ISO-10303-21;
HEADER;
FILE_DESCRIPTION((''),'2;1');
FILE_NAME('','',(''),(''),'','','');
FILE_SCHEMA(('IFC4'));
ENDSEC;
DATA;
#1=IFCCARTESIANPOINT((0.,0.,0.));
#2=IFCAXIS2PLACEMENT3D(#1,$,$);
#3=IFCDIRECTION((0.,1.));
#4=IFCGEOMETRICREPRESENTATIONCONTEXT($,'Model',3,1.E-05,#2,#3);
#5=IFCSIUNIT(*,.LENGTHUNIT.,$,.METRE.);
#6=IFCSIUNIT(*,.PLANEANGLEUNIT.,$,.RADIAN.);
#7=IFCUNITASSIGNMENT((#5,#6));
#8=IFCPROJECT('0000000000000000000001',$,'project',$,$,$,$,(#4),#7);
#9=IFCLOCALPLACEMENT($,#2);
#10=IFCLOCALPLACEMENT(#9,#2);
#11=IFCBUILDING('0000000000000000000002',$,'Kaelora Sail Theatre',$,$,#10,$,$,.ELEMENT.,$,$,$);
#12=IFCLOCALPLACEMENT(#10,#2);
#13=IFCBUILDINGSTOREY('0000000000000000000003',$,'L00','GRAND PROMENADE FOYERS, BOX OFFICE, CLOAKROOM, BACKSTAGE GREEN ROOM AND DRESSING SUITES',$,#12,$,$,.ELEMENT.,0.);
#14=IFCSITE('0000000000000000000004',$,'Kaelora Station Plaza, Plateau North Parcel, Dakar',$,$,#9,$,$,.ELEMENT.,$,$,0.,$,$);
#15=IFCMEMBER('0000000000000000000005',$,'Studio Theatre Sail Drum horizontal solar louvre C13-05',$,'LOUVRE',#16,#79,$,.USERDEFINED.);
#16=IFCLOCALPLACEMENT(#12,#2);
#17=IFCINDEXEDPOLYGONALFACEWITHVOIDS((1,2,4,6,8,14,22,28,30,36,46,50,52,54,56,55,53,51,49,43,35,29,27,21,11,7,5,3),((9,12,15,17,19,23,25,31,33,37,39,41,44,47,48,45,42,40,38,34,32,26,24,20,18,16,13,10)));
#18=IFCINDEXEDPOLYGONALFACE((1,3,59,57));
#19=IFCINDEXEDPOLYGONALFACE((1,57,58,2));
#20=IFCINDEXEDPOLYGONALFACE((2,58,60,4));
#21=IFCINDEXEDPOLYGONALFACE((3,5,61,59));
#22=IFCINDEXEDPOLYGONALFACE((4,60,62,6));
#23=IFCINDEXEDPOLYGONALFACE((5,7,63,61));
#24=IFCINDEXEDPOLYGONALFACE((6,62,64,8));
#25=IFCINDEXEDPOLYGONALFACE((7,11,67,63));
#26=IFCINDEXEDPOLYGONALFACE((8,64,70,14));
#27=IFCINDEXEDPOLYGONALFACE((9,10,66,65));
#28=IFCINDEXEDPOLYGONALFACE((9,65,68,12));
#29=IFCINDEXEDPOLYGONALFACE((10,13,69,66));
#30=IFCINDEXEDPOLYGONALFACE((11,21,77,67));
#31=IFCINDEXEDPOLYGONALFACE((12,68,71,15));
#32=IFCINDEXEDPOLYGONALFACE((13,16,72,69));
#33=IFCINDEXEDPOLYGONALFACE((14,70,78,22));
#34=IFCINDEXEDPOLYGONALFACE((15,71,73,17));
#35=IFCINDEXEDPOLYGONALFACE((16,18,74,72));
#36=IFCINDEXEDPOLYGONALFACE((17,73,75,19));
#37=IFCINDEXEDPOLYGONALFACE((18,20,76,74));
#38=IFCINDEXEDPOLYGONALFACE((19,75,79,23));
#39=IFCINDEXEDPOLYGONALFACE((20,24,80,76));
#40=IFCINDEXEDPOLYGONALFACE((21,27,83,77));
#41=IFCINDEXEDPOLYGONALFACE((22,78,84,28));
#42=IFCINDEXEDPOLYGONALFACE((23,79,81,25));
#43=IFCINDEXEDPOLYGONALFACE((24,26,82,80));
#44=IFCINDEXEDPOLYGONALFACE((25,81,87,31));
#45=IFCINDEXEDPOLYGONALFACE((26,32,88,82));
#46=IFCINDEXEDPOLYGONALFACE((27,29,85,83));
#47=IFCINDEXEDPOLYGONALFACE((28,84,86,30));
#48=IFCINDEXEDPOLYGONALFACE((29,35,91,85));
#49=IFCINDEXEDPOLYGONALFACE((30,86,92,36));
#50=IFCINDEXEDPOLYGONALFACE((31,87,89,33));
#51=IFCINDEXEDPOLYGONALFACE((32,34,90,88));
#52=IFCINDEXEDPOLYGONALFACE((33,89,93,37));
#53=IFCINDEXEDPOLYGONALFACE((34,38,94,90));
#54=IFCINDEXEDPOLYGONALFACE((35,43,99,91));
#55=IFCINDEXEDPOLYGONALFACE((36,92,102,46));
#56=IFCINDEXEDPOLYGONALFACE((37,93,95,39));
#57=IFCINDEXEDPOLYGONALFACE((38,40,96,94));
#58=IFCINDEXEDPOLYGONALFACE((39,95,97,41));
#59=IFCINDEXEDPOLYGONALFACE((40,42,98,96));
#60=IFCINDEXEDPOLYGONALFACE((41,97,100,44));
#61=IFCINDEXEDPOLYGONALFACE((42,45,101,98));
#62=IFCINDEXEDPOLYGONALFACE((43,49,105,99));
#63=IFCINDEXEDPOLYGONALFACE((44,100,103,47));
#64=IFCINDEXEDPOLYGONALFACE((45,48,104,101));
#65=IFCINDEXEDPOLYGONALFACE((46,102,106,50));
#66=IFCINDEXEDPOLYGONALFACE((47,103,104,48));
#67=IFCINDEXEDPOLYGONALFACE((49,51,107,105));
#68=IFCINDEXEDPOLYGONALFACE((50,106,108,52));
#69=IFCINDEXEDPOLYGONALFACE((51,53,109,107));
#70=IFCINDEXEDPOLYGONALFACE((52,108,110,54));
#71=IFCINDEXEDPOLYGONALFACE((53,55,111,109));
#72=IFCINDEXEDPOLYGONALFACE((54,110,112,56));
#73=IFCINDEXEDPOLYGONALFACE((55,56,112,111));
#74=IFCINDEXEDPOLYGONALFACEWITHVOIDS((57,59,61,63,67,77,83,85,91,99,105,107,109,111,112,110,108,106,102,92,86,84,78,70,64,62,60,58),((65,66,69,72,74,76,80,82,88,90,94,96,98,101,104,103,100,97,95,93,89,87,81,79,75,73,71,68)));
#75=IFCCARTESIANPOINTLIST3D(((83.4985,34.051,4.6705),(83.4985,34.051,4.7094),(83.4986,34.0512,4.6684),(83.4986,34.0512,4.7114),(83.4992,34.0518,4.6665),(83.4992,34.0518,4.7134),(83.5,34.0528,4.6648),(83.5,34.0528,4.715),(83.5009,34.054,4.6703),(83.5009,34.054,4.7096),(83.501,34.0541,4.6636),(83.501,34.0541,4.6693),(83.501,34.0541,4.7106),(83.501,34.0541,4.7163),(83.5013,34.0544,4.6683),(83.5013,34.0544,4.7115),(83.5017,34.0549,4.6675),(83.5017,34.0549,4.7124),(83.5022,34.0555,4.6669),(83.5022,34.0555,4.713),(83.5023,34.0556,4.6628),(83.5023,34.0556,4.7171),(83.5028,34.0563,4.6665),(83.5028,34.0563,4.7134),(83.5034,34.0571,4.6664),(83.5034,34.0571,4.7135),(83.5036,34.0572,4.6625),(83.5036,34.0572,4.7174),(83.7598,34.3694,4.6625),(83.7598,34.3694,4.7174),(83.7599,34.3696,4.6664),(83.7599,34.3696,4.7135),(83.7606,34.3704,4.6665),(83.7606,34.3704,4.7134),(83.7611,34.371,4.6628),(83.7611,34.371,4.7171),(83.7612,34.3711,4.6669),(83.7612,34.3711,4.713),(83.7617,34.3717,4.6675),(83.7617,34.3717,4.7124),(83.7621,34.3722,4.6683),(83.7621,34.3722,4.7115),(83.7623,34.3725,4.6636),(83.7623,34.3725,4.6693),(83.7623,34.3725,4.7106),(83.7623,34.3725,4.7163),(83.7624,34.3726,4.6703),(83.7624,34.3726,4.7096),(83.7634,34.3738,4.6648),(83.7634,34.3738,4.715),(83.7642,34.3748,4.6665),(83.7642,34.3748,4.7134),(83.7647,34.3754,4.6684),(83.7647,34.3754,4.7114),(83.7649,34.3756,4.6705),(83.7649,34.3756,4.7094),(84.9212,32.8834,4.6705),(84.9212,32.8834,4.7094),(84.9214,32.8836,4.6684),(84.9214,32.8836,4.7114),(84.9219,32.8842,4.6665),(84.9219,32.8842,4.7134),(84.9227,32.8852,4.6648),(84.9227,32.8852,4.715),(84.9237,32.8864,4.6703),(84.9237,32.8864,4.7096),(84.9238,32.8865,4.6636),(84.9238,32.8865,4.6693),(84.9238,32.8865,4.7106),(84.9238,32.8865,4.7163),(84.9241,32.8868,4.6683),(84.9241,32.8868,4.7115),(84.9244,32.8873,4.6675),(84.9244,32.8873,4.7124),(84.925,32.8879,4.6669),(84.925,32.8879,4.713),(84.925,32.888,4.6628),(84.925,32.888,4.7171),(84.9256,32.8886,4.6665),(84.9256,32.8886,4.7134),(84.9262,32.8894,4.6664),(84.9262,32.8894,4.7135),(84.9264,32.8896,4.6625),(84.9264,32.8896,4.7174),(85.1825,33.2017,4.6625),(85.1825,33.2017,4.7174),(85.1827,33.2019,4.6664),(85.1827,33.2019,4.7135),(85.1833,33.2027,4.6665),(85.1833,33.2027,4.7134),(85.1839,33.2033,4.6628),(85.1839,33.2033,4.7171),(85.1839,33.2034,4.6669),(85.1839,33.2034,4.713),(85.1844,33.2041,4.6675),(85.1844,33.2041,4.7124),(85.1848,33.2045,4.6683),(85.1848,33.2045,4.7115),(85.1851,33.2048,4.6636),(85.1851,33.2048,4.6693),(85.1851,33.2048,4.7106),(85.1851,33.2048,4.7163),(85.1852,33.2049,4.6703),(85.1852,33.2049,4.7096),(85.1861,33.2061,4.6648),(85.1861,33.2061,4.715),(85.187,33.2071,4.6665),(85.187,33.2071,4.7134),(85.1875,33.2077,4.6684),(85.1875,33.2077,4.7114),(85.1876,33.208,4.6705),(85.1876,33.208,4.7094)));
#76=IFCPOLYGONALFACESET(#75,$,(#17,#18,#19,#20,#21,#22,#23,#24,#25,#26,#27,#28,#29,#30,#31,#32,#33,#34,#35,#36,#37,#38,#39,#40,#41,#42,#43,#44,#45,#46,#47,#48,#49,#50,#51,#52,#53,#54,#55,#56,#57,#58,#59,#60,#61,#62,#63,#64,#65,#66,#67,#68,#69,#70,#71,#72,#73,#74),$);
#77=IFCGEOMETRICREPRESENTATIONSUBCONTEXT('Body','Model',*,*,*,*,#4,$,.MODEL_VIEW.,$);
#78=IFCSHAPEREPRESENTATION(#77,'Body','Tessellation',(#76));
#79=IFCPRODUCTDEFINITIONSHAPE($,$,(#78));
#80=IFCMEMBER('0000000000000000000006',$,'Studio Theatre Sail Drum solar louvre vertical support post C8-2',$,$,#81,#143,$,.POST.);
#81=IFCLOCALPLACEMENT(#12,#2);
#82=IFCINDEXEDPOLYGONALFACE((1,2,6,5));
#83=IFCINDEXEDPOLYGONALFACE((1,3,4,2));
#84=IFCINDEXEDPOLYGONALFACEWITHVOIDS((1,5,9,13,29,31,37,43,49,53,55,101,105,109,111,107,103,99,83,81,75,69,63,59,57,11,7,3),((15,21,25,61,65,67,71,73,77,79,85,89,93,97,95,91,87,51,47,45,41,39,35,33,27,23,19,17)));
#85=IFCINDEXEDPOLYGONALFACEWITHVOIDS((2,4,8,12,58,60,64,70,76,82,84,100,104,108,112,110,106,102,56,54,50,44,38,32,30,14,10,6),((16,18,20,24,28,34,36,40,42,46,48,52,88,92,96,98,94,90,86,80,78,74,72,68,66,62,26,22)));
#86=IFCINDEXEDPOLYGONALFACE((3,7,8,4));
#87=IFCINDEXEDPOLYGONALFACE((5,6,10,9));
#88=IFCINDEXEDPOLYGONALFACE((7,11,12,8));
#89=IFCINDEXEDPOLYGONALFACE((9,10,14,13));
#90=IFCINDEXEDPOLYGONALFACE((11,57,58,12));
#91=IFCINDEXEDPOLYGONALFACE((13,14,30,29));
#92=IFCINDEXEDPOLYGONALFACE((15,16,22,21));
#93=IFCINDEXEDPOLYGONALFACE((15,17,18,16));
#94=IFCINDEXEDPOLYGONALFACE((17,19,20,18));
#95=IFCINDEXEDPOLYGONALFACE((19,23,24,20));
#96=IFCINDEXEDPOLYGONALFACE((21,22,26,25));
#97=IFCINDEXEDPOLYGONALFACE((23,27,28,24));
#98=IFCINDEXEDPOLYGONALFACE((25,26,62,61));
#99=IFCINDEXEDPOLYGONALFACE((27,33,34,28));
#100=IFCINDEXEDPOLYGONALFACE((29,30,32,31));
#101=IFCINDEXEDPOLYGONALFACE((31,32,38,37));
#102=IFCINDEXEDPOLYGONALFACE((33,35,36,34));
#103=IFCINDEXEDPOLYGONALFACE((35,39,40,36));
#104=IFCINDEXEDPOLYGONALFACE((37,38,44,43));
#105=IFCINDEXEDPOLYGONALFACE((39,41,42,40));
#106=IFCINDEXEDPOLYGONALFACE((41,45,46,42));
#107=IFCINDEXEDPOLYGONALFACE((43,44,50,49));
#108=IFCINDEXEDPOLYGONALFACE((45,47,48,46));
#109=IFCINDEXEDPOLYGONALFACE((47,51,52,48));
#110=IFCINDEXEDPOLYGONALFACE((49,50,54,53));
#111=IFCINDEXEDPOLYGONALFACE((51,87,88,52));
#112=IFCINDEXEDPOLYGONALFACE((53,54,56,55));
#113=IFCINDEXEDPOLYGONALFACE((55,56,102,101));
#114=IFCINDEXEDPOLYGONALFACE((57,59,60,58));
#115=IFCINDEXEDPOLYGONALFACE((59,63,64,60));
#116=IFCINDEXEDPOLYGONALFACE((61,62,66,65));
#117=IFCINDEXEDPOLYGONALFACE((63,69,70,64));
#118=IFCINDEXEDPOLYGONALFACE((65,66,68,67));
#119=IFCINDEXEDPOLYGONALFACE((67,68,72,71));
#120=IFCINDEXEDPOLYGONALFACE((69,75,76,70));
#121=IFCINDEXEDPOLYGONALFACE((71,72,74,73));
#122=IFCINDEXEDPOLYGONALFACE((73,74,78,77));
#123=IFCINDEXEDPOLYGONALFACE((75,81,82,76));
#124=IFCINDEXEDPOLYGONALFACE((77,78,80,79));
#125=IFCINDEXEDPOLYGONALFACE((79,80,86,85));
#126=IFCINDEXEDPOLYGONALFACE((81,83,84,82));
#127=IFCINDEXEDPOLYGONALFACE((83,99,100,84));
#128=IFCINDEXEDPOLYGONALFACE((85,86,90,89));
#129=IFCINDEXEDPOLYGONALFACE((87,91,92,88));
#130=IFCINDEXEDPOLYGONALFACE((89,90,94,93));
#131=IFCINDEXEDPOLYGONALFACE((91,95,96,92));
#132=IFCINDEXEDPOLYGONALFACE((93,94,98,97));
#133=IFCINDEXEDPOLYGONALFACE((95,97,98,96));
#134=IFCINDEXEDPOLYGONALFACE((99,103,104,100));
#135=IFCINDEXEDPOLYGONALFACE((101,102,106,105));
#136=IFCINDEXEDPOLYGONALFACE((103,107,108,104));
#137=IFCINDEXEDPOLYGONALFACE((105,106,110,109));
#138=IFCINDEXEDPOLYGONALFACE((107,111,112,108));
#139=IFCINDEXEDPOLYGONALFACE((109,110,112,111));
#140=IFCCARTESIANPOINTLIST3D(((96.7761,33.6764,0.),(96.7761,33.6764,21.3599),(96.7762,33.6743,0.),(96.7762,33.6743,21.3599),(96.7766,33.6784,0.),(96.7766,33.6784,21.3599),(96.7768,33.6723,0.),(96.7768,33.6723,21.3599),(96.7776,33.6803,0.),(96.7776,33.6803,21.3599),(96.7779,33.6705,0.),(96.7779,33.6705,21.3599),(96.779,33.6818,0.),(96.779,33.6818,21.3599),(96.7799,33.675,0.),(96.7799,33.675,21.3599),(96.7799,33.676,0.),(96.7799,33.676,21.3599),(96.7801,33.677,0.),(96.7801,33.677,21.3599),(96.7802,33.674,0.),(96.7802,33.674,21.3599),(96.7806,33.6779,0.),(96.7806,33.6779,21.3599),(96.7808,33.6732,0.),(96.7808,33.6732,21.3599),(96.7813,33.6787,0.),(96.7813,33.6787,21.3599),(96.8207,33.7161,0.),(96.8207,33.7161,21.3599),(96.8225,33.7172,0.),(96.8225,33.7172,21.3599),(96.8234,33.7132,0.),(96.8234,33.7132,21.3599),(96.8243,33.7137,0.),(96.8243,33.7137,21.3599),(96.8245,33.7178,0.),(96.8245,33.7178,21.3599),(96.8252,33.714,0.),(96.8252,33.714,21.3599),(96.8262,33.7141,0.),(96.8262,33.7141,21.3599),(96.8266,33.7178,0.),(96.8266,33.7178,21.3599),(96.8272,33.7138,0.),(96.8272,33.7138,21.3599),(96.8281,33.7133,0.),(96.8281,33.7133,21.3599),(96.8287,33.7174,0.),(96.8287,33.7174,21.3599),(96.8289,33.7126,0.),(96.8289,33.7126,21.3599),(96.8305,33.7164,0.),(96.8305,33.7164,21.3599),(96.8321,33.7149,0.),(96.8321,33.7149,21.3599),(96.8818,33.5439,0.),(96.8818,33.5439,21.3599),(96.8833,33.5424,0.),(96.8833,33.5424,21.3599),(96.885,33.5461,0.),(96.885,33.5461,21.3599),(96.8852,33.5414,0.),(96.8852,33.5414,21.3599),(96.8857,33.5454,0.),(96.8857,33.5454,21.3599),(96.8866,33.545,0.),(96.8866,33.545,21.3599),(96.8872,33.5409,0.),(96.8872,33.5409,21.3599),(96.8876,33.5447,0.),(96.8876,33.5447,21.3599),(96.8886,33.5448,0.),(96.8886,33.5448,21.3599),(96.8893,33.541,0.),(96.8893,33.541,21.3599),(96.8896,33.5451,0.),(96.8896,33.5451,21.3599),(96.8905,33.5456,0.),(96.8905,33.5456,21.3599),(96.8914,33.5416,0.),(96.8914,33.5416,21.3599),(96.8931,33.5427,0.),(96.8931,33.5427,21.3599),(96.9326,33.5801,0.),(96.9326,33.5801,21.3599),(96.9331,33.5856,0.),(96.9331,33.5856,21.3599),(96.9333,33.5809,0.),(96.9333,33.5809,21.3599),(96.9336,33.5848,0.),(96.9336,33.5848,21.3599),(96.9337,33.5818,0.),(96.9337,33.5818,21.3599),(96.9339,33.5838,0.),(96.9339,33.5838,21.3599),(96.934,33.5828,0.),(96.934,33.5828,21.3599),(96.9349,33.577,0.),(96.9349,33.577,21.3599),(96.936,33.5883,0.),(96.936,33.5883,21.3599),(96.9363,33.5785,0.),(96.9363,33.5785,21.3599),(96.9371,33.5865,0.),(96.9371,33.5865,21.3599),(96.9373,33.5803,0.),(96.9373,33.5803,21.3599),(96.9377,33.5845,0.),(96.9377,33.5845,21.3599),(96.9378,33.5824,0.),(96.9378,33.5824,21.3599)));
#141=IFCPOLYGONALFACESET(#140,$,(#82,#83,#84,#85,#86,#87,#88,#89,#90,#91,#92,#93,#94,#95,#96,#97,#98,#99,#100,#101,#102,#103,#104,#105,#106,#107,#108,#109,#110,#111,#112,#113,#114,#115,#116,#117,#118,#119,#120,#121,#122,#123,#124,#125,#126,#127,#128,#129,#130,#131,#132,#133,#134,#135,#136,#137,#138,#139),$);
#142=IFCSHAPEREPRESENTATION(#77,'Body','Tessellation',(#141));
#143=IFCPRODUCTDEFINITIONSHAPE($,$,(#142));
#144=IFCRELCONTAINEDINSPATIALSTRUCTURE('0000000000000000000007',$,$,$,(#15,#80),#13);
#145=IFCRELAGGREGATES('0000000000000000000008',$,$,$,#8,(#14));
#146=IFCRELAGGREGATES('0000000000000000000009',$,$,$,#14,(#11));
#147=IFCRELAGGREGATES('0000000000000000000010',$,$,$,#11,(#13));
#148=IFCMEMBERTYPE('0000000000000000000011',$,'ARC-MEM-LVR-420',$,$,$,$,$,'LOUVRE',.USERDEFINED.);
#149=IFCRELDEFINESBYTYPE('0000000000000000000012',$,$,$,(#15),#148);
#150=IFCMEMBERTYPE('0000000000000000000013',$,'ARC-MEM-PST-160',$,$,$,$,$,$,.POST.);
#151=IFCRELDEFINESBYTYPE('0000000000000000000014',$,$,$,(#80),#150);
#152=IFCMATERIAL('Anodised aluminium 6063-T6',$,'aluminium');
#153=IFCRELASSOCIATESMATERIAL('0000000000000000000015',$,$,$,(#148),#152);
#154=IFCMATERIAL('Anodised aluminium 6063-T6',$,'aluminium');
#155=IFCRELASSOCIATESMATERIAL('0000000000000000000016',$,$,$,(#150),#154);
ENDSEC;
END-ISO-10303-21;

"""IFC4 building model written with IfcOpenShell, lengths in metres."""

from ifc_helpers import new_model, si_unit, direction, frame, origin, origin_2d, place, context, subcontext, project, spatial, hollow_rectangle, extrude, material, material_profile, profile_set, type_object, element, save


model = new_model("IFC4")

# Units and contexts
model_context = context("Model", 3, precision=1e-05, world=origin(), true_north=direction((0.0, 1.0)))
body_context = subcontext(model_context, "Body", "Model", "MODEL_VIEW")
ifc_project = project(units=[si_unit("LENGTHUNIT", "METRE"), si_unit("PLANEANGLEUNIT", "RADIAN")], contexts=[model_context])

# Site, building, storey
site_placement = place(None, origin())
site = spatial("IfcSite", under=ifc_project, at=site_placement, Name="Kaelora Station Plaza, Plateau North Parcel, Dakar", CompositionType="ELEMENT", RefElevation=0.0)
building_placement = place(site_placement, origin())
building = spatial("IfcBuilding", under=site, at=building_placement, Name="Kaelora Sail Theatre", CompositionType="ELEMENT")
storey_placement = place(building_placement, origin())
storey = spatial("IfcBuildingStorey", under=building, at=storey_placement, Name="L00", Description="GRAND PROMENADE FOYERS, BOX OFFICE, CLOAKROOM, BACKSTAGE GREEN ROOM AND DRESSING SUITES", CompositionType="ELEMENT", Elevation=0.0)

# Members
ifc_material_1 = material(Name="Anodised aluminium 6063-T6", Category="aluminium")
ifc_material_profile_1 = material_profile(ifc_material_1, hollow_rectangle(XDim=0.4199, YDim=0.0549, WallThickness=0.0039, InnerFilletRadius=0.0039, OuterFilletRadius=0.0081, at=origin_2d()), Name="LOUVRE 420x55x4")
ifc_profile_set_1 = profile_set([ifc_material_profile_1], Name="Anodised aluminium 6063-T6")
member_type_1 = type_object("IfcMemberType", Name="ARC-MEM-LVR-420", ElementType="LOUVRE", PredefinedType="USERDEFINED", material=ifc_profile_set_1)
for number, where, z_axis, x_axis, name in (
    (1, (85.0544, 33.0457, 4.6899), (-0.773005, 0.6344, 0.0), (-0.6344, -0.773005, 0.0), "Studio Theatre Sail Drum horizontal solar louvre C13-05"),
):
    element("IfcMember", number, at=place(storey_placement, frame(where, z_axis=z_axis, x_axis=x_axis)), inside=storey, type_object=member_type_1, Name=name, ObjectType="LOUVRE", PredefinedType="USERDEFINED", context=body_context, shape_type="SweptSolid", body=[
        extrude(hollow_rectangle(XDim=0.4199, YDim=0.0549, WallThickness=0.0039, InnerFilletRadius=0.0039, OuterFilletRadius=0.0081, at=origin_2d()), origin(), (0.0, 0.0, 1.0), 1.8406),
    ])
ifc_material_2 = material(Name="Anodised aluminium 6063-T6", Category="aluminium")
ifc_material_profile_2 = material_profile(ifc_material_2, hollow_rectangle(XDim=0.0701, YDim=0.1799, WallThickness=0.0039, InnerFilletRadius=0.0039, OuterFilletRadius=0.0081, at=origin_2d()), Name="ALU-MULL 70x180x4")
ifc_profile_set_2 = profile_set([ifc_material_profile_2], Name="Anodised aluminium 6063-T6")
member_type_2 = type_object("IfcMemberType", Name="ARC-MEM-PST-160", PredefinedType="POST", material=ifc_profile_set_2)
for number, where, z_axis, x_axis, name in (
    (2, (96.8569, 33.6294, 0.0), (0.0, 0.0, 1.0), (-0.773066, -0.634326, 0.0), "Studio Theatre Sail Drum solar louvre vertical support post C8-2"),
):
    element("IfcMember", number, at=place(storey_placement, frame(where, z_axis=z_axis, x_axis=x_axis)), inside=storey, type_object=member_type_2, Name=name, PredefinedType="POST", context=body_context, shape_type="SweptSolid", body=[
        extrude(hollow_rectangle(XDim=0.0701, YDim=0.1799, WallThickness=0.0039, InnerFilletRadius=0.0039, OuterFilletRadius=0.0081, at=origin_2d()), origin(), (0.0, 0.0, 1.0), 21.3599),
    ])

save(model, "model.ifc")
